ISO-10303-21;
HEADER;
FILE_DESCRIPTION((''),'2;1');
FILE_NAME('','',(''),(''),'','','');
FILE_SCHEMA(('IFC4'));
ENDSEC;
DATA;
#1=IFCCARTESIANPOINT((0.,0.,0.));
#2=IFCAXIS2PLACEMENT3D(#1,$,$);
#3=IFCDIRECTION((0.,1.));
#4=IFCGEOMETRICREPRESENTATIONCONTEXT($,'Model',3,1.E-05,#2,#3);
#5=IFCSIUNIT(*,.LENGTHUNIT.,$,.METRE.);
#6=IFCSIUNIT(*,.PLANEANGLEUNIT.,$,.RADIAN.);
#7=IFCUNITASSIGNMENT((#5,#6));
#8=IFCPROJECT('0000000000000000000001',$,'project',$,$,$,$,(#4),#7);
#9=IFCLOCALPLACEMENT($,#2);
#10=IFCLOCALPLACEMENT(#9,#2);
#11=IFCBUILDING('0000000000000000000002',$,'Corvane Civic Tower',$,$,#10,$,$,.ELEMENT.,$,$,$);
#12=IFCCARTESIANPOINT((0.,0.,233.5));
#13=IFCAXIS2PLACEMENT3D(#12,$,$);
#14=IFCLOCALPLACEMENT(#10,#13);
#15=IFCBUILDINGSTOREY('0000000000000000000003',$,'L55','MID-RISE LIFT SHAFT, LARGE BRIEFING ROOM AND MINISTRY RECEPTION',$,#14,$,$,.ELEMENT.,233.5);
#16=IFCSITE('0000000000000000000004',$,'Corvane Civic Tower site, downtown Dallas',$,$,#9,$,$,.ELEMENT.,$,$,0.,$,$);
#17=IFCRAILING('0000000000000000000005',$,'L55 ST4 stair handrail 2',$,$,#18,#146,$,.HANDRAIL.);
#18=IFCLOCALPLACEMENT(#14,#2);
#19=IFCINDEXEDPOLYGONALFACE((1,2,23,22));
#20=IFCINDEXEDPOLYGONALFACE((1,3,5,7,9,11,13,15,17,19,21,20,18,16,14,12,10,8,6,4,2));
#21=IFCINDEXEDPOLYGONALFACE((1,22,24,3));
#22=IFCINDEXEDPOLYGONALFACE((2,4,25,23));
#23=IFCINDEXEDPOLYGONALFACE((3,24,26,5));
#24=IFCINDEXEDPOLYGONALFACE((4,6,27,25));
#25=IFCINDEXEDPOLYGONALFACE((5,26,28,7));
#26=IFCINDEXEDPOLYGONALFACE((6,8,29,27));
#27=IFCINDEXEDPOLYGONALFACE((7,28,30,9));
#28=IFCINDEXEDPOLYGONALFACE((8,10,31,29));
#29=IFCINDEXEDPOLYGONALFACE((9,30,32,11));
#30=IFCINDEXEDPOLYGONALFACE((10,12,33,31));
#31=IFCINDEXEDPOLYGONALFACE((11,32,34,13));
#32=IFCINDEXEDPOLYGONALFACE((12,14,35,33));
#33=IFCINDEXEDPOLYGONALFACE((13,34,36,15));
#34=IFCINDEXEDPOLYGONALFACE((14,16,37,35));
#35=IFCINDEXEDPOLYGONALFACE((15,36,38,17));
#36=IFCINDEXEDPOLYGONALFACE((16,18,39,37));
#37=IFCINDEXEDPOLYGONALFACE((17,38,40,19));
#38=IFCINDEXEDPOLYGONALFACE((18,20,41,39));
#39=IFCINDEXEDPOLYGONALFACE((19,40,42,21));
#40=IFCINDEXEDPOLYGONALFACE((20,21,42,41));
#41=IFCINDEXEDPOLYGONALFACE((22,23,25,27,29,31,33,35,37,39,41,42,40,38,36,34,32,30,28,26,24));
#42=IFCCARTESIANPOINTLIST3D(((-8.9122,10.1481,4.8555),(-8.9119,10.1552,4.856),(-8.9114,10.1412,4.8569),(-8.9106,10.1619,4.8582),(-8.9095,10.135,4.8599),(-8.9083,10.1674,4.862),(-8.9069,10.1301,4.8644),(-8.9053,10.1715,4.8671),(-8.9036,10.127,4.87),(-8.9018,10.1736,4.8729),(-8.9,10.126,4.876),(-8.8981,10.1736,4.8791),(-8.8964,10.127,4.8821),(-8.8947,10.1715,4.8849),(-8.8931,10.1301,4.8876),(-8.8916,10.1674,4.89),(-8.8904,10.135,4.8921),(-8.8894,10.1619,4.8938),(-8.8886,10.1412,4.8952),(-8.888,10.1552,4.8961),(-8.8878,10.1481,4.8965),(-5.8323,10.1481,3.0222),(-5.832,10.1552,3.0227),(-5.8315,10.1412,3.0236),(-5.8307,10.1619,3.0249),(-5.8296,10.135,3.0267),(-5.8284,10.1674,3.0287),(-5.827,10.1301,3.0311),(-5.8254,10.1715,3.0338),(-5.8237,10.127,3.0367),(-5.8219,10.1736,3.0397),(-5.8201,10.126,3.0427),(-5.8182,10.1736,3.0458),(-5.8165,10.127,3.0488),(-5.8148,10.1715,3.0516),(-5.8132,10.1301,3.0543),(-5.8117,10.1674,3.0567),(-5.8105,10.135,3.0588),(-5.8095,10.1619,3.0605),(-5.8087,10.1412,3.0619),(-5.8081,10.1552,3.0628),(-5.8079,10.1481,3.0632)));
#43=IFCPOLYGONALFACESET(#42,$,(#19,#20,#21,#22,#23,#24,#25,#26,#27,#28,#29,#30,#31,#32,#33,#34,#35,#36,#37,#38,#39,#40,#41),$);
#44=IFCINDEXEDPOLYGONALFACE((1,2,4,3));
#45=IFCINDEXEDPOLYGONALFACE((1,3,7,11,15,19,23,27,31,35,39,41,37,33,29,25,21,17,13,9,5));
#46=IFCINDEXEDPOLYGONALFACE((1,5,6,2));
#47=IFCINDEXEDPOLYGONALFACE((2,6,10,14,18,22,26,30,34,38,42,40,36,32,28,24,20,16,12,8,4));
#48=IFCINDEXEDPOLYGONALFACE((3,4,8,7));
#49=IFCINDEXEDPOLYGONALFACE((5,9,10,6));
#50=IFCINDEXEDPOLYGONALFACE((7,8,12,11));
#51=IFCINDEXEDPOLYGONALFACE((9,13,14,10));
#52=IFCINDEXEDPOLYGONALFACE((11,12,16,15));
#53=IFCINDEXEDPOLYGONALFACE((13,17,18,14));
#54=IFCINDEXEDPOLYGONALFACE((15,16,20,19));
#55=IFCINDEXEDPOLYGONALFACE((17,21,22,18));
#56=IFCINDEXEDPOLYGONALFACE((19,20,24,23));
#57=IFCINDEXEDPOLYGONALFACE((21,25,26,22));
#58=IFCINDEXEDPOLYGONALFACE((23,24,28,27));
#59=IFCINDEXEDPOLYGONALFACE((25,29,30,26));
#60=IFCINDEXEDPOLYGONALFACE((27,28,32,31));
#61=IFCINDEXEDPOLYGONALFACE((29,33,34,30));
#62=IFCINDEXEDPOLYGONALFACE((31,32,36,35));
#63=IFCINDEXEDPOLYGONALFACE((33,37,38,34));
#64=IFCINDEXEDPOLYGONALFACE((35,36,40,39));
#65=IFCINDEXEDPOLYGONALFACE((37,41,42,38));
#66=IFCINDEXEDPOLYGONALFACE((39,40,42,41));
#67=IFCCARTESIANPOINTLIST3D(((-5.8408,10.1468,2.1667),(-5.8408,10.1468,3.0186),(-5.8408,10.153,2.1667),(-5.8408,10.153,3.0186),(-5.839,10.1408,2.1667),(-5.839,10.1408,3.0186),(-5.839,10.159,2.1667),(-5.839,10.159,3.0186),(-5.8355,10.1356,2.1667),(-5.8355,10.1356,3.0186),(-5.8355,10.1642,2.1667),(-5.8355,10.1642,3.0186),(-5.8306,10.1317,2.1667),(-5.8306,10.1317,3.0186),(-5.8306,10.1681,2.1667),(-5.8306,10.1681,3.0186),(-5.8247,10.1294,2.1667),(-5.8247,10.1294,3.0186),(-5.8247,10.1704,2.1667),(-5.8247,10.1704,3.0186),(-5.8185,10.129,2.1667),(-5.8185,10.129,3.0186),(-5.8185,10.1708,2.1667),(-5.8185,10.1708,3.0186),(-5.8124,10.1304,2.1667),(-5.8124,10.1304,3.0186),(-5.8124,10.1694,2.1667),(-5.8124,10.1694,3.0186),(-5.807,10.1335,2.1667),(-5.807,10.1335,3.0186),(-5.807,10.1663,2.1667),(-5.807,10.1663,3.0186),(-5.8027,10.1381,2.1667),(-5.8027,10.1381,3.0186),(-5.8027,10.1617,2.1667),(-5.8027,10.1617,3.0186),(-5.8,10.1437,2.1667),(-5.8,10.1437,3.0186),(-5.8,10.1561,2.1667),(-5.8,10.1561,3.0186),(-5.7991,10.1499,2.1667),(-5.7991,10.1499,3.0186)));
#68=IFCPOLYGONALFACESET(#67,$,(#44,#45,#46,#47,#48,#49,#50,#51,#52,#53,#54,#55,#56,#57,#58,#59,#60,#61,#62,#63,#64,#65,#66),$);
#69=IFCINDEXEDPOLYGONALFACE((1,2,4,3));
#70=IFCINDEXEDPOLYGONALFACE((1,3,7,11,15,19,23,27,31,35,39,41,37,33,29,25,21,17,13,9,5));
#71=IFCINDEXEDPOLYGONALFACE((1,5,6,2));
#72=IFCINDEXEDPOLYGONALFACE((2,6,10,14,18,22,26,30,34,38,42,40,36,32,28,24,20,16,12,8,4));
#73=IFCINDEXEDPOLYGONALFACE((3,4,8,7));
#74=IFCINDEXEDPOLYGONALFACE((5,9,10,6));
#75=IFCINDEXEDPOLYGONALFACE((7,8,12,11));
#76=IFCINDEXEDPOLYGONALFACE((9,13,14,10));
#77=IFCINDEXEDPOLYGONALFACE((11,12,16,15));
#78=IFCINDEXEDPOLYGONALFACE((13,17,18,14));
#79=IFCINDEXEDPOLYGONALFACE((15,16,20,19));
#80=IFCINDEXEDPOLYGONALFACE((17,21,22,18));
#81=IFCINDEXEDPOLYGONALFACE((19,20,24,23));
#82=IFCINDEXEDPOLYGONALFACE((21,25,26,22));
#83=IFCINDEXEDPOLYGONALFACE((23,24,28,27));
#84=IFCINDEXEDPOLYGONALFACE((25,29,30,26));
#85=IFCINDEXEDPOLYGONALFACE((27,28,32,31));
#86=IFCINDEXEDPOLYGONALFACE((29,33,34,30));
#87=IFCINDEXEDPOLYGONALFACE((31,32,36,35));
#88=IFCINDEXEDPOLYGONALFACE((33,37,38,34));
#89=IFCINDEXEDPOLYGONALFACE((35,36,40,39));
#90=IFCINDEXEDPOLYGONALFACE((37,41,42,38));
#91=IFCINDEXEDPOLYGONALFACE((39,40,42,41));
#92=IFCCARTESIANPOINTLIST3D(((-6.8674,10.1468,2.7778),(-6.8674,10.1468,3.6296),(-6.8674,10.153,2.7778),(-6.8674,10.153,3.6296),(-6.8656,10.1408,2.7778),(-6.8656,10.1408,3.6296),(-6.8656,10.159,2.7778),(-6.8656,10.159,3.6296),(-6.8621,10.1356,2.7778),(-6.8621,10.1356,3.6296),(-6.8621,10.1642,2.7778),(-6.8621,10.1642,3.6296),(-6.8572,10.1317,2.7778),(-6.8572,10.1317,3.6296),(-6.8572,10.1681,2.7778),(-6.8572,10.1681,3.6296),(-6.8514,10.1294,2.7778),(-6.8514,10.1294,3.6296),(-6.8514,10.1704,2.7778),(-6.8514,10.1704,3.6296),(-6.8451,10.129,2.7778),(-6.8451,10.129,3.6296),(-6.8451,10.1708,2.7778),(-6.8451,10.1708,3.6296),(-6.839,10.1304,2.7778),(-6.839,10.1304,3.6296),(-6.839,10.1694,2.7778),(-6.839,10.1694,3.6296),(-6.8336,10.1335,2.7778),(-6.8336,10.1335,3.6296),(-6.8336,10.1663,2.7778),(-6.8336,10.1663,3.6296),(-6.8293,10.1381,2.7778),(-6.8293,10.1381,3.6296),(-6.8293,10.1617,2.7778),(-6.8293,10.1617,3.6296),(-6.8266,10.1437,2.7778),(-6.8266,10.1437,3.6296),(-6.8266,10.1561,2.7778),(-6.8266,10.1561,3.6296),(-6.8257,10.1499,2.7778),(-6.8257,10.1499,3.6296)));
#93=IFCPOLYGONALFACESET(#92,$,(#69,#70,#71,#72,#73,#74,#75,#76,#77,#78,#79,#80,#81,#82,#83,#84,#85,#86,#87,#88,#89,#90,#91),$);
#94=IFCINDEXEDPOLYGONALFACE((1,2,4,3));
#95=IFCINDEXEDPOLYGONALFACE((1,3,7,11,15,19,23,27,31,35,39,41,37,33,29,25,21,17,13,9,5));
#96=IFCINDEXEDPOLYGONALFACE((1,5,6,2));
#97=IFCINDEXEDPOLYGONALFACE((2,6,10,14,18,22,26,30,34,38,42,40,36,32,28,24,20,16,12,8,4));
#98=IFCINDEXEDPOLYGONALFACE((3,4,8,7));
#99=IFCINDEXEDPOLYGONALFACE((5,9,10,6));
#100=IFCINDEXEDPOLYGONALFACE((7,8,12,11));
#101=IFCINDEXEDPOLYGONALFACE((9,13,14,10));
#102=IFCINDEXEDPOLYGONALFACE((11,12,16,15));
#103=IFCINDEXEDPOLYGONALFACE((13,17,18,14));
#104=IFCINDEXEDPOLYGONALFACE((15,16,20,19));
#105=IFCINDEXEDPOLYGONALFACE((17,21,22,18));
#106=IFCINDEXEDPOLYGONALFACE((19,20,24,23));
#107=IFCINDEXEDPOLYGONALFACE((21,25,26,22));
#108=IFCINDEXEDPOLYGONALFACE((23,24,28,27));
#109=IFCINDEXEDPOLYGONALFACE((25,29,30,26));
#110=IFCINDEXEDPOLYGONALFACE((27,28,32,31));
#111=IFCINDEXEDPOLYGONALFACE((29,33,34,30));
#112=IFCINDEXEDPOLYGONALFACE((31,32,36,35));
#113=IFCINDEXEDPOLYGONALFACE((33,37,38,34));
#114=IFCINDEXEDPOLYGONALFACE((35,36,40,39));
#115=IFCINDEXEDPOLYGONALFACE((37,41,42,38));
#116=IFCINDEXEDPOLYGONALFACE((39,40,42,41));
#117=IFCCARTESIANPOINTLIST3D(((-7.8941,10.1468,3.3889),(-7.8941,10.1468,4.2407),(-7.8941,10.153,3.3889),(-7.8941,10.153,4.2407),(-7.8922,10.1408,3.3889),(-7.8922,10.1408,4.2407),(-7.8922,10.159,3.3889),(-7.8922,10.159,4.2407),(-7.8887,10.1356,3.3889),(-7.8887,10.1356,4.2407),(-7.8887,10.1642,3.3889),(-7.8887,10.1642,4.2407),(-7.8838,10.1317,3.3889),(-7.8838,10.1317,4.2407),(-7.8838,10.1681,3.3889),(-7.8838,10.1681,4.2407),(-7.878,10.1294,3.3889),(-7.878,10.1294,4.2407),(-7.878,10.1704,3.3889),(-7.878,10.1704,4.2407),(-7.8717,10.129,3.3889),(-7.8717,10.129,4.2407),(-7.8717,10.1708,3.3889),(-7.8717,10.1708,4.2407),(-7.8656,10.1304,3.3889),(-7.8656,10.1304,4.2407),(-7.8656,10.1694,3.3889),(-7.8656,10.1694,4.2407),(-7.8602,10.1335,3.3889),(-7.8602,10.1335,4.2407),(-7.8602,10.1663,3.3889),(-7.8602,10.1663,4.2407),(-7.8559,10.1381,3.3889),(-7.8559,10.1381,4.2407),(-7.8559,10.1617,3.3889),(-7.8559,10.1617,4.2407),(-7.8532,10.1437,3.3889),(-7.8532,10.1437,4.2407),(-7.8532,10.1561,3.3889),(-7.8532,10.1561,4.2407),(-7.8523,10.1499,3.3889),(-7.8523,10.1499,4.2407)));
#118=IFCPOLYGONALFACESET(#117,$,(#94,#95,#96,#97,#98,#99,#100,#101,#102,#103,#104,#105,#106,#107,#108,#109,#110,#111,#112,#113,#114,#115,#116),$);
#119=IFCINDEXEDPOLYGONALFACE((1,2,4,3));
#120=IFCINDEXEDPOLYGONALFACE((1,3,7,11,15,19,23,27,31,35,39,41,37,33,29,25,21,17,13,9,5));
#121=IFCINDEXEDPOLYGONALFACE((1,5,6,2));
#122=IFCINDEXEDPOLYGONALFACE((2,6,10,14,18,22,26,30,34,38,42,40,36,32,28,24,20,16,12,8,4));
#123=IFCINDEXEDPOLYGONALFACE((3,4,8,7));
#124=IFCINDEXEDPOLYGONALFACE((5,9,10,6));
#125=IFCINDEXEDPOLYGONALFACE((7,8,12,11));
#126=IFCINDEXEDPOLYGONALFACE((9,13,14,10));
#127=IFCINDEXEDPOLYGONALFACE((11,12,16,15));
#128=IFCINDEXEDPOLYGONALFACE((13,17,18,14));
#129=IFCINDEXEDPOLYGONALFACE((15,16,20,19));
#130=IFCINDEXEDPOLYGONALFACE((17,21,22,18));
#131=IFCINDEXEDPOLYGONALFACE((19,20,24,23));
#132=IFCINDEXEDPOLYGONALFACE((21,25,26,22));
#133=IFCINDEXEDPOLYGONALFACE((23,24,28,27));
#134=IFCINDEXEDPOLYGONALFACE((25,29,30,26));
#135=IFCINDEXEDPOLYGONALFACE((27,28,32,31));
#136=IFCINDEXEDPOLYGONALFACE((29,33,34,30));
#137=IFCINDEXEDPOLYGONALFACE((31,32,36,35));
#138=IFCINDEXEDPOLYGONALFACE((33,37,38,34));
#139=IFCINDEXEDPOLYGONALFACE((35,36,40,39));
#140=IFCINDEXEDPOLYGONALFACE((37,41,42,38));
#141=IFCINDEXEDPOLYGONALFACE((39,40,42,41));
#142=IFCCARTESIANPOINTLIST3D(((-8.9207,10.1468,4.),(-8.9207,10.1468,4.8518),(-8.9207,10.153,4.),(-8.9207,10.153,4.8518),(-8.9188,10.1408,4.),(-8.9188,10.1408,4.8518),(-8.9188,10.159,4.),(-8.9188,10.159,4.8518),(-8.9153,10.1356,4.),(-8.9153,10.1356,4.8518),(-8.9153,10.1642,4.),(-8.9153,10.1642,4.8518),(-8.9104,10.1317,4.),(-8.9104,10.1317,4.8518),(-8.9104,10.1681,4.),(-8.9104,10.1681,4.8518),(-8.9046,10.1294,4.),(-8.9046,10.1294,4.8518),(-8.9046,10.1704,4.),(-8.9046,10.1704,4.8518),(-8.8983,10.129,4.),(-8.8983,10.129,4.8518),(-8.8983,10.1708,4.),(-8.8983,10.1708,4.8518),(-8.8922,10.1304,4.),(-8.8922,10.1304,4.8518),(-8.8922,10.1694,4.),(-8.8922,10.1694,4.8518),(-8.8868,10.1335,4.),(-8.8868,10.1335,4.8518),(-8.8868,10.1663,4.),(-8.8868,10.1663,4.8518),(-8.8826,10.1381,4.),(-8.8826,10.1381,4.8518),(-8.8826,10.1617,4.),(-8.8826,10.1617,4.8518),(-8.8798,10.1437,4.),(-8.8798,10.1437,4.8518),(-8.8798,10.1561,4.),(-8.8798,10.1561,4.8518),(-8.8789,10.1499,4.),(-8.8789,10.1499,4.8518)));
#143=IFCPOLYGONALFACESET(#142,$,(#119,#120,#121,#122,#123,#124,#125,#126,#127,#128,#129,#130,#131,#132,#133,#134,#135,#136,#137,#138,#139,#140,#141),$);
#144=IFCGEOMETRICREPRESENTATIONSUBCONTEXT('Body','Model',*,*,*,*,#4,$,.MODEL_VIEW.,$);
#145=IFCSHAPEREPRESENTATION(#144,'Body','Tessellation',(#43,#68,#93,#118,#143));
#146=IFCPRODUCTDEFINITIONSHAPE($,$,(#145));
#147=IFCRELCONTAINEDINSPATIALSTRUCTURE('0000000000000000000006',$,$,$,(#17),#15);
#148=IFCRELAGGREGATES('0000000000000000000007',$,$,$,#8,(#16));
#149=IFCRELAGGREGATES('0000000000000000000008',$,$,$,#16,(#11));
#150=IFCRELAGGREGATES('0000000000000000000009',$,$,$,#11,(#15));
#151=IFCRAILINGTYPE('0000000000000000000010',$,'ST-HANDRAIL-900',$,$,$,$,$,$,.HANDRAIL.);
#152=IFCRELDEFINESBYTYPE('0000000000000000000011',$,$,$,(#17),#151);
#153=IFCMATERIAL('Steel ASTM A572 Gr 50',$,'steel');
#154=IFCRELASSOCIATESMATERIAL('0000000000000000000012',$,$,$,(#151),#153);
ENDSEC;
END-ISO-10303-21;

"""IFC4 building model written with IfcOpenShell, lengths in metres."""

from ifc_helpers import new_model, si_unit, direction, frame, origin, origin_2d, place, context, subcontext, project, spatial, circle, extrude, material, type_object, element, save


model = new_model("IFC4")

# Units and contexts
model_context = context("Model", 3, precision=1e-05, world=origin(), true_north=direction((0.0, 1.0)))
body_context = subcontext(model_context, "Body", "Model", "MODEL_VIEW")
ifc_project = project(units=[si_unit("LENGTHUNIT", "METRE"), si_unit("PLANEANGLEUNIT", "RADIAN")], contexts=[model_context])

# Site, building, storey
site_placement = place(None, origin())
site = spatial("IfcSite", under=ifc_project, at=site_placement, Name="Corvane Civic Tower site, downtown Dallas", CompositionType="ELEMENT", RefElevation=0.0)
building_placement = place(site_placement, origin())
building = spatial("IfcBuilding", under=site, at=building_placement, Name="Corvane Civic Tower", CompositionType="ELEMENT")
storey_placement = place(building_placement, frame((0.0, 0.0, 233.5)))
storey = spatial("IfcBuildingStorey", under=building, at=storey_placement, Name="L55", Description="MID-RISE LIFT SHAFT, LARGE BRIEFING ROOM AND MINISTRY RECEPTION", CompositionType="ELEMENT", Elevation=233.5)

# Railing
ifc_material_1 = material(Name="Steel ASTM A572 Gr 50", Category="steel")
railing_type = type_object("IfcRailingType", Name="ST-HANDRAIL-900", PredefinedType="HANDRAIL", material=ifc_material_1)
railing_placement = place(storey_placement, frame((-5.8201, 10.1499, 2.1667)))
element("IfcRailing", 1, at=railing_placement, inside=storey, type_object=railing_type, Name="L55 ST4 stair handrail 2", PredefinedType="HANDRAIL", context=body_context, shape_type="SweptSolid", body=[
    extrude(circle(Radius=0.0239, at=origin_2d()), frame((0.0, 0.0, 0.876), z_axis=(-0.859291, 0.0, 0.511487), x_axis=(0.0, -1.0, 0.0)), (0.0, 0.0, 1.0), 3.5842),
    extrude(circle(Radius=0.021, at=origin_2d()), origin(), (0.0, 0.0, 1.0), 0.8518),
    extrude(circle(Radius=0.021, at=origin_2d()), frame((-1.0266, 0.0, 0.6111)), (0.0, 0.0, 1.0), 0.8518),
    extrude(circle(Radius=0.021, at=origin_2d()), frame((-2.0532, 0.0, 1.2222)), (0.0, 0.0, 1.0), 0.8518),
    extrude(circle(Radius=0.021, at=origin_2d()), frame((-3.0798, 0.0, 1.8333)), (0.0, 0.0, 1.0), 0.8518),
])

save(model, "model.ifc")
